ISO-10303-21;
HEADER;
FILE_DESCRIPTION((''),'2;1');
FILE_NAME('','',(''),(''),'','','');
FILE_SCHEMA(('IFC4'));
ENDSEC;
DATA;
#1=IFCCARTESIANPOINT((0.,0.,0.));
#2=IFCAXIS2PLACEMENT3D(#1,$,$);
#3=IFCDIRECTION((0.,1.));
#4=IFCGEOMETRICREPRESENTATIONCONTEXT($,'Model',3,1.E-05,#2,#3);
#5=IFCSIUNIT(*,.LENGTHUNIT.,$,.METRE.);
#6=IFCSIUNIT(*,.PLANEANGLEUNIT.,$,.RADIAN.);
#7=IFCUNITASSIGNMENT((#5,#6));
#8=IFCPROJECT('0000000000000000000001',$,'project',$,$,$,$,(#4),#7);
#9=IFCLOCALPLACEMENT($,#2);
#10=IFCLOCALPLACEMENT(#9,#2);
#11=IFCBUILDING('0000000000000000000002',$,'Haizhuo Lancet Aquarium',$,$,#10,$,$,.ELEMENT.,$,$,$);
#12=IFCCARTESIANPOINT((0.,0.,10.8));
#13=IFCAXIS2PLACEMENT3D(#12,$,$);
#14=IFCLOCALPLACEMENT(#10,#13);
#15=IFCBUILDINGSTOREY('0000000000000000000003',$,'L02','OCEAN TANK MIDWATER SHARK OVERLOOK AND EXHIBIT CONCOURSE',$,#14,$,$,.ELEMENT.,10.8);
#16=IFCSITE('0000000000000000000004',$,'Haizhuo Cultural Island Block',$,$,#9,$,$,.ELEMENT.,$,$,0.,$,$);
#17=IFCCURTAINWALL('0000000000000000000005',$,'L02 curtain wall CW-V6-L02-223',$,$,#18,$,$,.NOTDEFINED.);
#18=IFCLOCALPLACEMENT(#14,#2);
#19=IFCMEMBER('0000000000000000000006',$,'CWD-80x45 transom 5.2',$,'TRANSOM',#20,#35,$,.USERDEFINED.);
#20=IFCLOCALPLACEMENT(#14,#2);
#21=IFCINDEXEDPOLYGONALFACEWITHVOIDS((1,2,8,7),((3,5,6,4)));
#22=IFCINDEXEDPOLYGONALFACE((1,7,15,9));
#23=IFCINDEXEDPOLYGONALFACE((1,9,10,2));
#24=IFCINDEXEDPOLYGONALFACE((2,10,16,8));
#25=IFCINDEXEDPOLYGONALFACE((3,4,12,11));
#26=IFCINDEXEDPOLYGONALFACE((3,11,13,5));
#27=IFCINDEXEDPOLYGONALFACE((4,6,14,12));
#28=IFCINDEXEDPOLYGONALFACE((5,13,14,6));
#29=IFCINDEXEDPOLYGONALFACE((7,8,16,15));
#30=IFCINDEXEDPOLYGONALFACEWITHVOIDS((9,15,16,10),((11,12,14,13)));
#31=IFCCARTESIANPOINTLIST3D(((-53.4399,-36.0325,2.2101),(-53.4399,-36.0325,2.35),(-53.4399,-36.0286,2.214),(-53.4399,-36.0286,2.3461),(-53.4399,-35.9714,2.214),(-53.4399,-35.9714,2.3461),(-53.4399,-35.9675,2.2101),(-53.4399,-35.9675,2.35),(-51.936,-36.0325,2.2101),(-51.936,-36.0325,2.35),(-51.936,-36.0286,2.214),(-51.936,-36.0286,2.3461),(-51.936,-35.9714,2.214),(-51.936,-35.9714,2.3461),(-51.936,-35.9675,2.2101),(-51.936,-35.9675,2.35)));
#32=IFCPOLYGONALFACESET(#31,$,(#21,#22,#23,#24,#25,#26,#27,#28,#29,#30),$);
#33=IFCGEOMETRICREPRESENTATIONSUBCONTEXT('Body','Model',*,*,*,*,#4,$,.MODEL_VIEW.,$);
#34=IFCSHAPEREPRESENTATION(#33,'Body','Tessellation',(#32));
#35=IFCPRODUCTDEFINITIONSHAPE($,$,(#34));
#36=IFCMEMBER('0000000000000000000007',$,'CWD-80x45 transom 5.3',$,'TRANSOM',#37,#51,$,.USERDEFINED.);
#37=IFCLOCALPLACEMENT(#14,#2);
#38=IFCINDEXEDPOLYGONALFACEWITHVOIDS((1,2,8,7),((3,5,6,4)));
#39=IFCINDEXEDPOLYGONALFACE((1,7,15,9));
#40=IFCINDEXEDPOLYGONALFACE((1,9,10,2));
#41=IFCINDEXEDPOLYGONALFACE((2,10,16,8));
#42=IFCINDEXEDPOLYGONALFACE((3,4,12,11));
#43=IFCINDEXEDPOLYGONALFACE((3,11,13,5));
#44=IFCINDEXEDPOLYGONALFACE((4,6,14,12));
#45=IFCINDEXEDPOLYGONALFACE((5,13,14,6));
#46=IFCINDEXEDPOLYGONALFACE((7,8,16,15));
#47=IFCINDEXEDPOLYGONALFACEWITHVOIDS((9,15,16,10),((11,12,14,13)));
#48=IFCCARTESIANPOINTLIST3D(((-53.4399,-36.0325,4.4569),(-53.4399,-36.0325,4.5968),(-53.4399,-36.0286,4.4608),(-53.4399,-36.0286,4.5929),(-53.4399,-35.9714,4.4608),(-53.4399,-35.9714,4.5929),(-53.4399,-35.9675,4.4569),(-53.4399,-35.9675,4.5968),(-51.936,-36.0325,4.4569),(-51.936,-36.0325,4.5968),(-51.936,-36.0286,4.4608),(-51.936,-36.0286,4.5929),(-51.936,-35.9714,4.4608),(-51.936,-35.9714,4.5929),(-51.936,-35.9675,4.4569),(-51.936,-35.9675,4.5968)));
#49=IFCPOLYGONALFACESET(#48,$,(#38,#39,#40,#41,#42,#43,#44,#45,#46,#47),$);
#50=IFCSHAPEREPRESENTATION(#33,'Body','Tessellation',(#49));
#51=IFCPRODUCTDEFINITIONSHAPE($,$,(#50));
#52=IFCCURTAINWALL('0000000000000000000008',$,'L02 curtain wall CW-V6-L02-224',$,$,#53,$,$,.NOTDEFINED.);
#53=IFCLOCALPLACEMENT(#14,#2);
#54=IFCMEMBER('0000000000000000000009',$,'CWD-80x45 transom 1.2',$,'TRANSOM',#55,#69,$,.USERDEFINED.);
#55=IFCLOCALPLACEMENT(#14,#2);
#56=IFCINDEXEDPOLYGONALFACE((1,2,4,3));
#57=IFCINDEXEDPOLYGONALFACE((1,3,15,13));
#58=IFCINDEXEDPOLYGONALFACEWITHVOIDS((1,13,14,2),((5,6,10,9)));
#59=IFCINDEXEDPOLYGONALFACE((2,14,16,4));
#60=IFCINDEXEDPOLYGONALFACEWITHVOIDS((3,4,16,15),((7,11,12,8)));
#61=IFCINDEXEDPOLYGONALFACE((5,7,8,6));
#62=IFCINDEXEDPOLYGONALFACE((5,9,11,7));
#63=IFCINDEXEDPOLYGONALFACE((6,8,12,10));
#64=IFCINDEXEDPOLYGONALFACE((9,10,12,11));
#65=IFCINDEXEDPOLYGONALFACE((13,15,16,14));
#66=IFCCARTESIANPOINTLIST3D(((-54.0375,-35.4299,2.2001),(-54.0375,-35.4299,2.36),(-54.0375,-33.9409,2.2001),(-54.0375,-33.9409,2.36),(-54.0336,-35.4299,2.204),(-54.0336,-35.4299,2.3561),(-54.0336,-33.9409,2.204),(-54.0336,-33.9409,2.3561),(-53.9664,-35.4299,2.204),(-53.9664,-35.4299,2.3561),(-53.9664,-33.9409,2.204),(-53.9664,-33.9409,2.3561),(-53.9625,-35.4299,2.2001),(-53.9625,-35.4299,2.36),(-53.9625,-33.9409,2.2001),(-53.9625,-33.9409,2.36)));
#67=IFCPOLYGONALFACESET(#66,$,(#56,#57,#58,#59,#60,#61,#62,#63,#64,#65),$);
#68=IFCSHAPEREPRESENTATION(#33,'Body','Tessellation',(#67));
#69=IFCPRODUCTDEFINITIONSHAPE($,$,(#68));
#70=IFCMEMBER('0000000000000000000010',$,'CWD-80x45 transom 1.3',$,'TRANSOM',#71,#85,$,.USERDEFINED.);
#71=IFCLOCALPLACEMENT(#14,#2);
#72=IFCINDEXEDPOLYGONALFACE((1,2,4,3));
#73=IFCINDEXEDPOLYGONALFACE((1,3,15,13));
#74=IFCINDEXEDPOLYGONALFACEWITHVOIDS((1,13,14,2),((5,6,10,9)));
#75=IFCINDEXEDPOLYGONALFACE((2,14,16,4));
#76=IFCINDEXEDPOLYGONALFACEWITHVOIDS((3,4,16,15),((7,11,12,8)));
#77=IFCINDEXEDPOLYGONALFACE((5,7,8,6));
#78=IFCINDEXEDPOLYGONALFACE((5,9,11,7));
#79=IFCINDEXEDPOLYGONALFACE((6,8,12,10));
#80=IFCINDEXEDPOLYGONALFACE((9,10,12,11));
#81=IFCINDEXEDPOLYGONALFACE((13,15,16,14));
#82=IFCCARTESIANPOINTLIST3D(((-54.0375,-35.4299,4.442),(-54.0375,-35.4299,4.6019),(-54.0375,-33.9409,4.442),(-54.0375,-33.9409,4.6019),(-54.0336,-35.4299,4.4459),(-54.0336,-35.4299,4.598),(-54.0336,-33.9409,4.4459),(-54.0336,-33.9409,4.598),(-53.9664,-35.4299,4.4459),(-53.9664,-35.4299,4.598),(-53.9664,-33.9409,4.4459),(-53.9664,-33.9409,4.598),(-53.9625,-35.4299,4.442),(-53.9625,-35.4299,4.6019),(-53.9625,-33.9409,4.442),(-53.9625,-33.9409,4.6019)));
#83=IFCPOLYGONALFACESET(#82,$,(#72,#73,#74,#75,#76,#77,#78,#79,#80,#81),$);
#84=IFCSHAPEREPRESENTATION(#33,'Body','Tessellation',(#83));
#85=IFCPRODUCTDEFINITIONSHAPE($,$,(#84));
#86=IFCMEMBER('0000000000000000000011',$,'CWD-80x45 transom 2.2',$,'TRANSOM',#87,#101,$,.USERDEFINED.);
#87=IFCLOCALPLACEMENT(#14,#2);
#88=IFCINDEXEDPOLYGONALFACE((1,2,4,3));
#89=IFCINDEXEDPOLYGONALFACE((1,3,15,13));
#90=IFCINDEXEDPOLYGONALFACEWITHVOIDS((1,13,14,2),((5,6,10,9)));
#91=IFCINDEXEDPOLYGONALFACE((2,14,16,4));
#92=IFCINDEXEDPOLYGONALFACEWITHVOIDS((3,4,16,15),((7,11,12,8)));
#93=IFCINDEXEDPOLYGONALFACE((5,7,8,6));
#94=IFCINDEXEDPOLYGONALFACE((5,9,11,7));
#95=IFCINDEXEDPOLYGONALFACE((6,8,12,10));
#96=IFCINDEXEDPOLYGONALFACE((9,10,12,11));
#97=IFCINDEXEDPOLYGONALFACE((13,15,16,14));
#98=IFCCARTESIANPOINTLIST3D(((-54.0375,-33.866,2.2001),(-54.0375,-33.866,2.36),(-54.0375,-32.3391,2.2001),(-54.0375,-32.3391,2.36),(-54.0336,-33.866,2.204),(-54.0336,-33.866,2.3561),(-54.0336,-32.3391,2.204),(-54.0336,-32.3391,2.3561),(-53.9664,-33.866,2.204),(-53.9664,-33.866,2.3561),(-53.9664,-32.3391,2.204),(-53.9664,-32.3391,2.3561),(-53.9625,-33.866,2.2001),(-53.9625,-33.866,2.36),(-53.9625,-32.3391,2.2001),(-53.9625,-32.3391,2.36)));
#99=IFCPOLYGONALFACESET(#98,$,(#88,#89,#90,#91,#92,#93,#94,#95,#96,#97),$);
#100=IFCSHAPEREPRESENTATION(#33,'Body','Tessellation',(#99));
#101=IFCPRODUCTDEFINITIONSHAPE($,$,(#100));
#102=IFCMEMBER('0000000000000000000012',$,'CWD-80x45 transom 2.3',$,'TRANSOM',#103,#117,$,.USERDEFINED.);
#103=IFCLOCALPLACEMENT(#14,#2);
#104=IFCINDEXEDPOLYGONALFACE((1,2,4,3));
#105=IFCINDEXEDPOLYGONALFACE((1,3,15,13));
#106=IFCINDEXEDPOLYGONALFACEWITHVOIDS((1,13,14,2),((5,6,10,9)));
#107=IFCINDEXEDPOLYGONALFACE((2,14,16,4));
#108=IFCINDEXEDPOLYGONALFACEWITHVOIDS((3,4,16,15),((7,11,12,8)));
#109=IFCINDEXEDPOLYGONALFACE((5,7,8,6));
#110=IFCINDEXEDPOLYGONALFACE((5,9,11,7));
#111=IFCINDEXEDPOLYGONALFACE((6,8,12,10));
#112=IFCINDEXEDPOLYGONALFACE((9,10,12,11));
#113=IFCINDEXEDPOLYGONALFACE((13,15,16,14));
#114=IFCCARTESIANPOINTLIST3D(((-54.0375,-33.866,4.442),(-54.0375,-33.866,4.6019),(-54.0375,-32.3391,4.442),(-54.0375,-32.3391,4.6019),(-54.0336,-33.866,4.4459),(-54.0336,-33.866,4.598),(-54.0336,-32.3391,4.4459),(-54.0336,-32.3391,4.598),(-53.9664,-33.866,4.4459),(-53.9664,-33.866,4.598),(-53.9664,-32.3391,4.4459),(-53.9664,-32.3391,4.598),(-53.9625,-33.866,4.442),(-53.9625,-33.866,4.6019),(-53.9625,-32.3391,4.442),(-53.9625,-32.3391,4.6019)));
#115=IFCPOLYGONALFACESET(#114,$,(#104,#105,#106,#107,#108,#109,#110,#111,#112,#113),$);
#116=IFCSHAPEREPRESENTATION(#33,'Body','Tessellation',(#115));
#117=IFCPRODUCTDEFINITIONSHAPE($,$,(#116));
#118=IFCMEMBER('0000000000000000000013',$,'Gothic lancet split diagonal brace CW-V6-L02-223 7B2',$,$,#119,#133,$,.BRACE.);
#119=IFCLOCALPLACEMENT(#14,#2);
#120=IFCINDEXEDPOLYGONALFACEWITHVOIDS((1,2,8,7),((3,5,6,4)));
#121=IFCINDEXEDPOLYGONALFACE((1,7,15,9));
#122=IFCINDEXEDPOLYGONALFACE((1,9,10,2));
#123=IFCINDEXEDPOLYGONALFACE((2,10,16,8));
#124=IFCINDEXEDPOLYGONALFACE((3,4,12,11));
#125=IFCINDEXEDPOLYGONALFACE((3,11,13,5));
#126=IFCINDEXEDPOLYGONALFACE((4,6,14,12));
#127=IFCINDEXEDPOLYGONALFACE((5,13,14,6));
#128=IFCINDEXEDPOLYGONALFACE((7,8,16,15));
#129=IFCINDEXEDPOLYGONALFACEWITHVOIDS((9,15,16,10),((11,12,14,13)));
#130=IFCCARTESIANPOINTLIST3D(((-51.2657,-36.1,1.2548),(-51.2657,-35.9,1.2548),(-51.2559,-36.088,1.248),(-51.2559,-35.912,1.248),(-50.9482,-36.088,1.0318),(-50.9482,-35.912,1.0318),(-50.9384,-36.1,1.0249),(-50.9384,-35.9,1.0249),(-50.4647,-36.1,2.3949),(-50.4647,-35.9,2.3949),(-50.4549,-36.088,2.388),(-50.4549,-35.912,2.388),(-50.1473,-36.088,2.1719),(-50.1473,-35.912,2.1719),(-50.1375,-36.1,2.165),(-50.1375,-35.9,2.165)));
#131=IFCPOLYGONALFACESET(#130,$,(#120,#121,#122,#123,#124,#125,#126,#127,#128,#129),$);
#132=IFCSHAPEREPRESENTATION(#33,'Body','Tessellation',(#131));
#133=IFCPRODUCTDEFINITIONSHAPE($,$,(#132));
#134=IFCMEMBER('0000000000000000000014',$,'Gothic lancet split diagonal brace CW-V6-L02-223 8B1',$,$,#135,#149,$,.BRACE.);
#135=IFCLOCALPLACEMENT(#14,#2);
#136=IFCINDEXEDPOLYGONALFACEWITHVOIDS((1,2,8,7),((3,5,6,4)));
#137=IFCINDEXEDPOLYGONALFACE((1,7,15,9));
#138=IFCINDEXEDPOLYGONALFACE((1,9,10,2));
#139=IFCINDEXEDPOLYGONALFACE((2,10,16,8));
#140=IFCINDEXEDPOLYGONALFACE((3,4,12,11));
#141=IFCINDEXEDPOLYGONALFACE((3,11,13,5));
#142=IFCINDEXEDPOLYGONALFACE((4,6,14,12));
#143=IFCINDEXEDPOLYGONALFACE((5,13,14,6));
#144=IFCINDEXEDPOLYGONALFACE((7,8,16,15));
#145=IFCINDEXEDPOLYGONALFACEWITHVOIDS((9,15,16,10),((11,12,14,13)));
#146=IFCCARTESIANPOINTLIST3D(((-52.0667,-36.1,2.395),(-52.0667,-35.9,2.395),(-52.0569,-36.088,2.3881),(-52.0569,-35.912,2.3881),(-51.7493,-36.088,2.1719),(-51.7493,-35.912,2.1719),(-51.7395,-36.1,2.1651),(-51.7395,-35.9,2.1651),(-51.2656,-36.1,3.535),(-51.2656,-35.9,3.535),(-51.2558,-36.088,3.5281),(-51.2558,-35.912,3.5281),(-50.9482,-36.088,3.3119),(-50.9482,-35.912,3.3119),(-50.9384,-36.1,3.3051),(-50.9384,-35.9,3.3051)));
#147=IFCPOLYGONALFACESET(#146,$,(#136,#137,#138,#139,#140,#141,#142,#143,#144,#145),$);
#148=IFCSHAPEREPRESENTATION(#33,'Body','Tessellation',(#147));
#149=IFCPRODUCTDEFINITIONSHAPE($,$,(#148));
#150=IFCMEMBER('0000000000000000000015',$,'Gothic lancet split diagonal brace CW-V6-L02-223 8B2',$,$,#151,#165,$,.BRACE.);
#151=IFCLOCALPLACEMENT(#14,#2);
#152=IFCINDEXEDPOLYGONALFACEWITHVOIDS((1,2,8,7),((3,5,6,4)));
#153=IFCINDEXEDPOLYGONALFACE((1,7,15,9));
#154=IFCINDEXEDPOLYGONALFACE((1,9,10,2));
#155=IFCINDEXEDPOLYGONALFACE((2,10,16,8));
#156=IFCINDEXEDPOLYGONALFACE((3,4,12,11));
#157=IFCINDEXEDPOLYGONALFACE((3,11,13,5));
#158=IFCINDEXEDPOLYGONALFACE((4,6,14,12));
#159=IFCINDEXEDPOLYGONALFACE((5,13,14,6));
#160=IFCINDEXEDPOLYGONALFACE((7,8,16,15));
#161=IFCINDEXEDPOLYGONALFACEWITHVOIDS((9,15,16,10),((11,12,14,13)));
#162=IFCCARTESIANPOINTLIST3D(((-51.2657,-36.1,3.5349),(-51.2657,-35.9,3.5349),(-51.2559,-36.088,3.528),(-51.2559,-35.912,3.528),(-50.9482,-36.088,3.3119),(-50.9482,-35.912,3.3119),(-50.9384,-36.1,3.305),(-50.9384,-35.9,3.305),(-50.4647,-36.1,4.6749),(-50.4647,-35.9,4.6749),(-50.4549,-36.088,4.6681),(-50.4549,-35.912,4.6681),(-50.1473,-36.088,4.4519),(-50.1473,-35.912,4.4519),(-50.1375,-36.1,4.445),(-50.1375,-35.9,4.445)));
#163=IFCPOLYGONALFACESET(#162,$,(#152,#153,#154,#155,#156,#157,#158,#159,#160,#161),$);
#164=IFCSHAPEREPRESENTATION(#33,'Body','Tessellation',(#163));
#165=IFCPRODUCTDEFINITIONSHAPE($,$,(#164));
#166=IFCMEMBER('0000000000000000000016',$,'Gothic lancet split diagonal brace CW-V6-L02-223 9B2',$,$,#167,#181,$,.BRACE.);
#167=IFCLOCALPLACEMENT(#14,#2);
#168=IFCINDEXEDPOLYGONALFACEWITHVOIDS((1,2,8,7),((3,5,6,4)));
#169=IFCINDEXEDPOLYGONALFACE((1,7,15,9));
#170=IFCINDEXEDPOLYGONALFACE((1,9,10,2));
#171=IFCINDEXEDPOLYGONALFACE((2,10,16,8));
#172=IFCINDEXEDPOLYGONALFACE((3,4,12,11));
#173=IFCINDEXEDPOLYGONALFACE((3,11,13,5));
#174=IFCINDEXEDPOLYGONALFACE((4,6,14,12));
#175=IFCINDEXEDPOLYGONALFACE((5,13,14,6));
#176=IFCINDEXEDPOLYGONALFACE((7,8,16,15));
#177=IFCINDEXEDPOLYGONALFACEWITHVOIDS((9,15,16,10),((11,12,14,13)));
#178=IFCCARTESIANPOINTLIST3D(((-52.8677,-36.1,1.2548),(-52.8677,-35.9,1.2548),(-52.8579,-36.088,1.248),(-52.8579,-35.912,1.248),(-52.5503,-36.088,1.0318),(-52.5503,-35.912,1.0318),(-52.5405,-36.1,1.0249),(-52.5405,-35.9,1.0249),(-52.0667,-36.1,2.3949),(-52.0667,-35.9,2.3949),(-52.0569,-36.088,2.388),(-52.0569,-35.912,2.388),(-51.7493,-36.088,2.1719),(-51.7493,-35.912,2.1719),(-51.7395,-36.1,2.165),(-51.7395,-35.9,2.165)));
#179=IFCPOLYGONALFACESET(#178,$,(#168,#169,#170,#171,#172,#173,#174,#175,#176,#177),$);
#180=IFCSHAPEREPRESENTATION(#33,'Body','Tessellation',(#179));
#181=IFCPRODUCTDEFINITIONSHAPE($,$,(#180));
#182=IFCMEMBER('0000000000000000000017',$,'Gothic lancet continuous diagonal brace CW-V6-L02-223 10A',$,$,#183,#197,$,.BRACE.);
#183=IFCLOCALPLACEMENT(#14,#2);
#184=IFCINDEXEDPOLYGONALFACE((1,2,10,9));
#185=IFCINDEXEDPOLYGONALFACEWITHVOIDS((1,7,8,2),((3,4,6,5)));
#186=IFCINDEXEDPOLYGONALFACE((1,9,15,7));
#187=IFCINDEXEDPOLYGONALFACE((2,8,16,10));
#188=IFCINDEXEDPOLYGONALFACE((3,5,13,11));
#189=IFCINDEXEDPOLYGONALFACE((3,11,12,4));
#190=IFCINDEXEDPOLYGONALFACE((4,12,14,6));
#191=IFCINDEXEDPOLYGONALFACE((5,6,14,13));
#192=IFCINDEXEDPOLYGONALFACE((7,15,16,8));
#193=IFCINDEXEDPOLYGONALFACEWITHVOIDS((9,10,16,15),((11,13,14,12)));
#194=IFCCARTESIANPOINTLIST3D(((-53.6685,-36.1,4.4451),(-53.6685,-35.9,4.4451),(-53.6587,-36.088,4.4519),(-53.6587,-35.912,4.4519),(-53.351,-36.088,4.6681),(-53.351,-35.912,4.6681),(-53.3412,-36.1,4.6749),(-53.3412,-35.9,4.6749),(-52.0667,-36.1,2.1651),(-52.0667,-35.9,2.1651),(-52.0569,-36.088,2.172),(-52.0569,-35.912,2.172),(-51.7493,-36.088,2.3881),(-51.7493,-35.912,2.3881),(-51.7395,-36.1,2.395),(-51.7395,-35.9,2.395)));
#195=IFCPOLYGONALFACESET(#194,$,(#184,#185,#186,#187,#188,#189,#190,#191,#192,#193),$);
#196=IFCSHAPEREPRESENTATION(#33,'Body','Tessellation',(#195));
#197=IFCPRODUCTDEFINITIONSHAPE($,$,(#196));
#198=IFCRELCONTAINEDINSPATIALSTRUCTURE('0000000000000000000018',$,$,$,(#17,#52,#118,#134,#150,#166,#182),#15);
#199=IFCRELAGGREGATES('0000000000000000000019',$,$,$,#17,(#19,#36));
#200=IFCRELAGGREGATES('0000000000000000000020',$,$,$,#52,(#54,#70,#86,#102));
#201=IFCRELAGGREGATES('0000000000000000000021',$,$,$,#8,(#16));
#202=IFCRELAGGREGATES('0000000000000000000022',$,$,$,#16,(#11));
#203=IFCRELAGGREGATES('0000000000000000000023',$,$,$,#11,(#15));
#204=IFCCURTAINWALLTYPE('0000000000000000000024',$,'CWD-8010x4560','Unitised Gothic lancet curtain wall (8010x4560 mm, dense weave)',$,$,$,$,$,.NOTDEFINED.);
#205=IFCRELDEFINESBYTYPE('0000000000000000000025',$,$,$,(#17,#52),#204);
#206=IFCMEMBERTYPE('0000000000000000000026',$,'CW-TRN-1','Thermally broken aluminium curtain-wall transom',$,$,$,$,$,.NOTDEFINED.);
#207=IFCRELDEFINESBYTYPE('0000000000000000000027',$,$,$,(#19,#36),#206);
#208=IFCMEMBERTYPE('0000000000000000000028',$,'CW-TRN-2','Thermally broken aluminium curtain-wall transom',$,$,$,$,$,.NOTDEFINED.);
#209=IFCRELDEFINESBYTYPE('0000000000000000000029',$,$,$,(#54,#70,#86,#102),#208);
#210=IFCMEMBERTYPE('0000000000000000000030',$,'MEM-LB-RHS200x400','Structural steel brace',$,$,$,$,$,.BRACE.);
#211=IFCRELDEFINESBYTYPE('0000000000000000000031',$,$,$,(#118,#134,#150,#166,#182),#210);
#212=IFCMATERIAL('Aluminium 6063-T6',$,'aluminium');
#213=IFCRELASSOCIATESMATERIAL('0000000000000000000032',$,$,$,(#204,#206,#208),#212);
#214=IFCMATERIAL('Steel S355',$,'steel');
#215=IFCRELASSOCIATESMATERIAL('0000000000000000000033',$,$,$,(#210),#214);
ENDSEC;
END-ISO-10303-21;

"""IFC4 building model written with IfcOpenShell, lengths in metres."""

from ifc_helpers import new_model, si_unit, direction, frame, origin, origin_2d, place, context, subcontext, project, spatial, hollow_rectangle, extrude, material, material_profile, profile_set, type_object, element, aggregate, save


model = new_model("IFC4")

# Units and contexts
model_context = context("Model", 3, precision=1e-05, world=origin(), true_north=direction((0.0, 1.0)))
body_context = subcontext(model_context, "Body", "Model", "MODEL_VIEW")
ifc_project = project(units=[si_unit("LENGTHUNIT", "METRE"), si_unit("PLANEANGLEUNIT", "RADIAN")], contexts=[model_context])

# Site, building, storey
site_placement = place(None, origin())
site = spatial("IfcSite", under=ifc_project, at=site_placement, Name="Haizhuo Cultural Island Block", CompositionType="ELEMENT", RefElevation=0.0)
building_placement = place(site_placement, origin())
building = spatial("IfcBuilding", under=site, at=building_placement, Name="Haizhuo Lancet Aquarium", CompositionType="ELEMENT")
storey_placement = place(building_placement, frame((0.0, 0.0, 10.8)))
storey = spatial("IfcBuildingStorey", under=building, at=storey_placement, Name="L02", Description="OCEAN TANK MIDWATER SHARK OVERLOOK AND EXHIBIT CONCOURSE", CompositionType="ELEMENT", Elevation=10.8)

# Curtain walls, members
ifc_material_1 = material(Name="Aluminium 6063-T6", Category="aluminium")
curtain_wall_type = type_object("IfcCurtainWallType", Name="CWD-8010x4560", Description="Unitised Gothic lancet curtain wall (8010x4560 mm, dense weave)", PredefinedType="NOTDEFINED", material=ifc_material_1)
curtain_wall_1_placement = place(storey_placement, origin())
curtain_wall_1 = element("IfcCurtainWall", 1, at=curtain_wall_1_placement, inside=storey, type_object=curtain_wall_type, Name="L02 curtain wall CW-V6-L02-223", PredefinedType="NOTDEFINED")
ifc_material_profile_1 = material_profile(ifc_material_1, hollow_rectangle(XDim=0.0649, YDim=0.1399, WallThickness=0.0039, at=origin_2d()), Name="ALU-T 65x140x4")
ifc_profile_set_1 = profile_set([ifc_material_profile_1], Name="Aluminium 6063-T6")
member_type_1 = type_object("IfcMemberType", Name="CW-TRN-1", Description="Thermally broken aluminium curtain-wall transom", PredefinedType="NOTDEFINED", material=ifc_profile_set_1)
member_1_placement = place(storey_placement, frame((-51.936, -36.0, 2.28), z_axis=(-1.0, 0.0, 0.0), x_axis=(0.0, -1.0, 0.0)))
member_1 = element("IfcMember", 2, at=member_1_placement, type_object=member_type_1, Name="CWD-80x45 transom 5.2", ObjectType="TRANSOM", PredefinedType="USERDEFINED", context=body_context, shape_type="SweptSolid", body=[
    extrude(hollow_rectangle(XDim=0.0649, YDim=0.1399, WallThickness=0.0039, at=origin_2d()), origin(), (0.0, 0.0, 1.0), 1.5039),
])
member_2_placement = place(storey_placement, frame((-51.936, -36.0, 4.5269), z_axis=(-1.0, 0.0, 0.0), x_axis=(0.0, -1.0, 0.0)))
member_2 = element("IfcMember", 3, at=member_2_placement, type_object=member_type_1, Name="CWD-80x45 transom 5.3", ObjectType="TRANSOM", PredefinedType="USERDEFINED", context=body_context, shape_type="SweptSolid", body=[
    extrude(hollow_rectangle(XDim=0.0649, YDim=0.1399, WallThickness=0.0039, at=origin_2d()), origin(), (0.0, 0.0, 1.0), 1.5039),
])
curtain_wall_2_placement = place(storey_placement, origin())
curtain_wall_2 = element("IfcCurtainWall", 4, at=curtain_wall_2_placement, inside=storey, type_object=curtain_wall_type, Name="L02 curtain wall CW-V6-L02-224", PredefinedType="NOTDEFINED")
ifc_material_profile_2 = material_profile(ifc_material_1, hollow_rectangle(XDim=0.075, YDim=0.1599, WallThickness=0.0039, at=origin_2d()), Name="ALU-T 75x160x4")
ifc_profile_set_2 = profile_set([ifc_material_profile_2], Name="Aluminium 6063-T6")
member_type_2 = type_object("IfcMemberType", Name="CW-TRN-2", Description="Thermally broken aluminium curtain-wall transom", PredefinedType="NOTDEFINED", material=ifc_profile_set_2)
member_3_placement = place(storey_placement, frame((-54.0, -35.4299, 2.28), z_axis=(0.0, 1.0, 0.0), x_axis=(-1.0, 0.0, 0.0)))
member_3 = element("IfcMember", 5, at=member_3_placement, type_object=member_type_2, Name="CWD-80x45 transom 1.2", ObjectType="TRANSOM", PredefinedType="USERDEFINED", context=body_context, shape_type="SweptSolid", body=[
    extrude(hollow_rectangle(XDim=0.075, YDim=0.1599, WallThickness=0.0039, at=origin_2d()), origin(), (0.0, 0.0, 1.0), 1.489),
])
member_4_placement = place(storey_placement, frame((-54.0, -35.4299, 4.522), z_axis=(0.0, 1.0, 0.0), x_axis=(-1.0, 0.0, 0.0)))
member_4 = element("IfcMember", 6, at=member_4_placement, type_object=member_type_2, Name="CWD-80x45 transom 1.3", ObjectType="TRANSOM", PredefinedType="USERDEFINED", context=body_context, shape_type="SweptSolid", body=[
    extrude(hollow_rectangle(XDim=0.075, YDim=0.1599, WallThickness=0.0039, at=origin_2d()), origin(), (0.0, 0.0, 1.0), 1.489),
])
member_5_placement = place(storey_placement, frame((-54.0, -33.866, 2.28), z_axis=(0.0, 1.0, 0.0), x_axis=(-1.0, 0.0, 0.0)))
member_5 = element("IfcMember", 7, at=member_5_placement, type_object=member_type_2, Name="CWD-80x45 transom 2.2", ObjectType="TRANSOM", PredefinedType="USERDEFINED", context=body_context, shape_type="SweptSolid", body=[
    extrude(hollow_rectangle(XDim=0.075, YDim=0.1599, WallThickness=0.0039, at=origin_2d()), origin(), (0.0, 0.0, 1.0), 1.5269),
])
member_6_placement = place(storey_placement, frame((-54.0, -33.866, 4.522), z_axis=(0.0, 1.0, 0.0), x_axis=(-1.0, 0.0, 0.0)))
member_6 = element("IfcMember", 8, at=member_6_placement, type_object=member_type_2, Name="CWD-80x45 transom 2.3", ObjectType="TRANSOM", PredefinedType="USERDEFINED", context=body_context, shape_type="SweptSolid", body=[
    extrude(hollow_rectangle(XDim=0.075, YDim=0.1599, WallThickness=0.0039, at=origin_2d()), origin(), (0.0, 0.0, 1.0), 1.5269),
])

# Members
ifc_material_2 = material(Name="Steel S355", Category="steel")
ifc_material_profile_3 = material_profile(ifc_material_2, hollow_rectangle(XDim=0.2, YDim=0.3999, WallThickness=0.012, at=origin_2d()), Name="RHS 200x400x12")
ifc_profile_set_3 = profile_set([ifc_material_profile_3], Name="Steel S355")
member_type_3 = type_object("IfcMemberType", Name="MEM-LB-RHS200x400", Description="Structural steel brace", PredefinedType="BRACE", material=ifc_profile_set_3)
for number, where, z_axis, x_axis, name in (
    (9, (-51.1021, -36.0, 1.1399), (0.574873, 0.0, 0.818243), (0.0, 1.0, 0.0), "Gothic lancet split diagonal brace CW-V6-L02-223 7B2"),
    (10, (-51.9031, -36.0, 2.28), (0.574955, 0.0, 0.818185), (0.0, 1.0, 0.0), "Gothic lancet split diagonal brace CW-V6-L02-223 8B1"),
    (11, (-51.1021, -36.0, 3.4199), (0.574873, 0.0, 0.818243), (0.0, 1.0, 0.0), "Gothic lancet split diagonal brace CW-V6-L02-223 8B2"),
    (12, (-52.7041, -36.0, 1.1399), (0.574873, 0.0, 0.818243), (0.0, 1.0, 0.0), "Gothic lancet split diagonal brace CW-V6-L02-223 9B2"),
):
    element("IfcMember", number, at=place(storey_placement, frame(where, z_axis=z_axis, x_axis=x_axis)), inside=storey, type_object=member_type_3, Name=name, PredefinedType="BRACE", context=body_context, shape_type="SweptSolid", body=[
        extrude(hollow_rectangle(XDim=0.2, YDim=0.3999, WallThickness=0.012, at=origin_2d()), origin(), (0.0, 0.0, 1.0), 1.3933),
    ])
member_7_placement = place(storey_placement, frame((-51.9031, -36.0, 2.28), z_axis=(-0.574855, 0.0, 0.818255), x_axis=(0.0, -1.0, 0.0)))
element("IfcMember", 13, at=member_7_placement, inside=storey, type_object=member_type_3, Name="Gothic lancet continuous diagonal brace CW-V6-L02-223 10A", PredefinedType="BRACE", context=body_context, shape_type="SweptSolid", body=[
    extrude(hollow_rectangle(XDim=0.2, YDim=0.3999, WallThickness=0.012, at=origin_2d()), origin(), (0.0, 0.0, 1.0), 2.7864),
])

aggregate(curtain_wall_1, [member_1, member_2])
aggregate(curtain_wall_2, [member_3, member_4, member_5, member_6])

save(model, "model.ifc")
